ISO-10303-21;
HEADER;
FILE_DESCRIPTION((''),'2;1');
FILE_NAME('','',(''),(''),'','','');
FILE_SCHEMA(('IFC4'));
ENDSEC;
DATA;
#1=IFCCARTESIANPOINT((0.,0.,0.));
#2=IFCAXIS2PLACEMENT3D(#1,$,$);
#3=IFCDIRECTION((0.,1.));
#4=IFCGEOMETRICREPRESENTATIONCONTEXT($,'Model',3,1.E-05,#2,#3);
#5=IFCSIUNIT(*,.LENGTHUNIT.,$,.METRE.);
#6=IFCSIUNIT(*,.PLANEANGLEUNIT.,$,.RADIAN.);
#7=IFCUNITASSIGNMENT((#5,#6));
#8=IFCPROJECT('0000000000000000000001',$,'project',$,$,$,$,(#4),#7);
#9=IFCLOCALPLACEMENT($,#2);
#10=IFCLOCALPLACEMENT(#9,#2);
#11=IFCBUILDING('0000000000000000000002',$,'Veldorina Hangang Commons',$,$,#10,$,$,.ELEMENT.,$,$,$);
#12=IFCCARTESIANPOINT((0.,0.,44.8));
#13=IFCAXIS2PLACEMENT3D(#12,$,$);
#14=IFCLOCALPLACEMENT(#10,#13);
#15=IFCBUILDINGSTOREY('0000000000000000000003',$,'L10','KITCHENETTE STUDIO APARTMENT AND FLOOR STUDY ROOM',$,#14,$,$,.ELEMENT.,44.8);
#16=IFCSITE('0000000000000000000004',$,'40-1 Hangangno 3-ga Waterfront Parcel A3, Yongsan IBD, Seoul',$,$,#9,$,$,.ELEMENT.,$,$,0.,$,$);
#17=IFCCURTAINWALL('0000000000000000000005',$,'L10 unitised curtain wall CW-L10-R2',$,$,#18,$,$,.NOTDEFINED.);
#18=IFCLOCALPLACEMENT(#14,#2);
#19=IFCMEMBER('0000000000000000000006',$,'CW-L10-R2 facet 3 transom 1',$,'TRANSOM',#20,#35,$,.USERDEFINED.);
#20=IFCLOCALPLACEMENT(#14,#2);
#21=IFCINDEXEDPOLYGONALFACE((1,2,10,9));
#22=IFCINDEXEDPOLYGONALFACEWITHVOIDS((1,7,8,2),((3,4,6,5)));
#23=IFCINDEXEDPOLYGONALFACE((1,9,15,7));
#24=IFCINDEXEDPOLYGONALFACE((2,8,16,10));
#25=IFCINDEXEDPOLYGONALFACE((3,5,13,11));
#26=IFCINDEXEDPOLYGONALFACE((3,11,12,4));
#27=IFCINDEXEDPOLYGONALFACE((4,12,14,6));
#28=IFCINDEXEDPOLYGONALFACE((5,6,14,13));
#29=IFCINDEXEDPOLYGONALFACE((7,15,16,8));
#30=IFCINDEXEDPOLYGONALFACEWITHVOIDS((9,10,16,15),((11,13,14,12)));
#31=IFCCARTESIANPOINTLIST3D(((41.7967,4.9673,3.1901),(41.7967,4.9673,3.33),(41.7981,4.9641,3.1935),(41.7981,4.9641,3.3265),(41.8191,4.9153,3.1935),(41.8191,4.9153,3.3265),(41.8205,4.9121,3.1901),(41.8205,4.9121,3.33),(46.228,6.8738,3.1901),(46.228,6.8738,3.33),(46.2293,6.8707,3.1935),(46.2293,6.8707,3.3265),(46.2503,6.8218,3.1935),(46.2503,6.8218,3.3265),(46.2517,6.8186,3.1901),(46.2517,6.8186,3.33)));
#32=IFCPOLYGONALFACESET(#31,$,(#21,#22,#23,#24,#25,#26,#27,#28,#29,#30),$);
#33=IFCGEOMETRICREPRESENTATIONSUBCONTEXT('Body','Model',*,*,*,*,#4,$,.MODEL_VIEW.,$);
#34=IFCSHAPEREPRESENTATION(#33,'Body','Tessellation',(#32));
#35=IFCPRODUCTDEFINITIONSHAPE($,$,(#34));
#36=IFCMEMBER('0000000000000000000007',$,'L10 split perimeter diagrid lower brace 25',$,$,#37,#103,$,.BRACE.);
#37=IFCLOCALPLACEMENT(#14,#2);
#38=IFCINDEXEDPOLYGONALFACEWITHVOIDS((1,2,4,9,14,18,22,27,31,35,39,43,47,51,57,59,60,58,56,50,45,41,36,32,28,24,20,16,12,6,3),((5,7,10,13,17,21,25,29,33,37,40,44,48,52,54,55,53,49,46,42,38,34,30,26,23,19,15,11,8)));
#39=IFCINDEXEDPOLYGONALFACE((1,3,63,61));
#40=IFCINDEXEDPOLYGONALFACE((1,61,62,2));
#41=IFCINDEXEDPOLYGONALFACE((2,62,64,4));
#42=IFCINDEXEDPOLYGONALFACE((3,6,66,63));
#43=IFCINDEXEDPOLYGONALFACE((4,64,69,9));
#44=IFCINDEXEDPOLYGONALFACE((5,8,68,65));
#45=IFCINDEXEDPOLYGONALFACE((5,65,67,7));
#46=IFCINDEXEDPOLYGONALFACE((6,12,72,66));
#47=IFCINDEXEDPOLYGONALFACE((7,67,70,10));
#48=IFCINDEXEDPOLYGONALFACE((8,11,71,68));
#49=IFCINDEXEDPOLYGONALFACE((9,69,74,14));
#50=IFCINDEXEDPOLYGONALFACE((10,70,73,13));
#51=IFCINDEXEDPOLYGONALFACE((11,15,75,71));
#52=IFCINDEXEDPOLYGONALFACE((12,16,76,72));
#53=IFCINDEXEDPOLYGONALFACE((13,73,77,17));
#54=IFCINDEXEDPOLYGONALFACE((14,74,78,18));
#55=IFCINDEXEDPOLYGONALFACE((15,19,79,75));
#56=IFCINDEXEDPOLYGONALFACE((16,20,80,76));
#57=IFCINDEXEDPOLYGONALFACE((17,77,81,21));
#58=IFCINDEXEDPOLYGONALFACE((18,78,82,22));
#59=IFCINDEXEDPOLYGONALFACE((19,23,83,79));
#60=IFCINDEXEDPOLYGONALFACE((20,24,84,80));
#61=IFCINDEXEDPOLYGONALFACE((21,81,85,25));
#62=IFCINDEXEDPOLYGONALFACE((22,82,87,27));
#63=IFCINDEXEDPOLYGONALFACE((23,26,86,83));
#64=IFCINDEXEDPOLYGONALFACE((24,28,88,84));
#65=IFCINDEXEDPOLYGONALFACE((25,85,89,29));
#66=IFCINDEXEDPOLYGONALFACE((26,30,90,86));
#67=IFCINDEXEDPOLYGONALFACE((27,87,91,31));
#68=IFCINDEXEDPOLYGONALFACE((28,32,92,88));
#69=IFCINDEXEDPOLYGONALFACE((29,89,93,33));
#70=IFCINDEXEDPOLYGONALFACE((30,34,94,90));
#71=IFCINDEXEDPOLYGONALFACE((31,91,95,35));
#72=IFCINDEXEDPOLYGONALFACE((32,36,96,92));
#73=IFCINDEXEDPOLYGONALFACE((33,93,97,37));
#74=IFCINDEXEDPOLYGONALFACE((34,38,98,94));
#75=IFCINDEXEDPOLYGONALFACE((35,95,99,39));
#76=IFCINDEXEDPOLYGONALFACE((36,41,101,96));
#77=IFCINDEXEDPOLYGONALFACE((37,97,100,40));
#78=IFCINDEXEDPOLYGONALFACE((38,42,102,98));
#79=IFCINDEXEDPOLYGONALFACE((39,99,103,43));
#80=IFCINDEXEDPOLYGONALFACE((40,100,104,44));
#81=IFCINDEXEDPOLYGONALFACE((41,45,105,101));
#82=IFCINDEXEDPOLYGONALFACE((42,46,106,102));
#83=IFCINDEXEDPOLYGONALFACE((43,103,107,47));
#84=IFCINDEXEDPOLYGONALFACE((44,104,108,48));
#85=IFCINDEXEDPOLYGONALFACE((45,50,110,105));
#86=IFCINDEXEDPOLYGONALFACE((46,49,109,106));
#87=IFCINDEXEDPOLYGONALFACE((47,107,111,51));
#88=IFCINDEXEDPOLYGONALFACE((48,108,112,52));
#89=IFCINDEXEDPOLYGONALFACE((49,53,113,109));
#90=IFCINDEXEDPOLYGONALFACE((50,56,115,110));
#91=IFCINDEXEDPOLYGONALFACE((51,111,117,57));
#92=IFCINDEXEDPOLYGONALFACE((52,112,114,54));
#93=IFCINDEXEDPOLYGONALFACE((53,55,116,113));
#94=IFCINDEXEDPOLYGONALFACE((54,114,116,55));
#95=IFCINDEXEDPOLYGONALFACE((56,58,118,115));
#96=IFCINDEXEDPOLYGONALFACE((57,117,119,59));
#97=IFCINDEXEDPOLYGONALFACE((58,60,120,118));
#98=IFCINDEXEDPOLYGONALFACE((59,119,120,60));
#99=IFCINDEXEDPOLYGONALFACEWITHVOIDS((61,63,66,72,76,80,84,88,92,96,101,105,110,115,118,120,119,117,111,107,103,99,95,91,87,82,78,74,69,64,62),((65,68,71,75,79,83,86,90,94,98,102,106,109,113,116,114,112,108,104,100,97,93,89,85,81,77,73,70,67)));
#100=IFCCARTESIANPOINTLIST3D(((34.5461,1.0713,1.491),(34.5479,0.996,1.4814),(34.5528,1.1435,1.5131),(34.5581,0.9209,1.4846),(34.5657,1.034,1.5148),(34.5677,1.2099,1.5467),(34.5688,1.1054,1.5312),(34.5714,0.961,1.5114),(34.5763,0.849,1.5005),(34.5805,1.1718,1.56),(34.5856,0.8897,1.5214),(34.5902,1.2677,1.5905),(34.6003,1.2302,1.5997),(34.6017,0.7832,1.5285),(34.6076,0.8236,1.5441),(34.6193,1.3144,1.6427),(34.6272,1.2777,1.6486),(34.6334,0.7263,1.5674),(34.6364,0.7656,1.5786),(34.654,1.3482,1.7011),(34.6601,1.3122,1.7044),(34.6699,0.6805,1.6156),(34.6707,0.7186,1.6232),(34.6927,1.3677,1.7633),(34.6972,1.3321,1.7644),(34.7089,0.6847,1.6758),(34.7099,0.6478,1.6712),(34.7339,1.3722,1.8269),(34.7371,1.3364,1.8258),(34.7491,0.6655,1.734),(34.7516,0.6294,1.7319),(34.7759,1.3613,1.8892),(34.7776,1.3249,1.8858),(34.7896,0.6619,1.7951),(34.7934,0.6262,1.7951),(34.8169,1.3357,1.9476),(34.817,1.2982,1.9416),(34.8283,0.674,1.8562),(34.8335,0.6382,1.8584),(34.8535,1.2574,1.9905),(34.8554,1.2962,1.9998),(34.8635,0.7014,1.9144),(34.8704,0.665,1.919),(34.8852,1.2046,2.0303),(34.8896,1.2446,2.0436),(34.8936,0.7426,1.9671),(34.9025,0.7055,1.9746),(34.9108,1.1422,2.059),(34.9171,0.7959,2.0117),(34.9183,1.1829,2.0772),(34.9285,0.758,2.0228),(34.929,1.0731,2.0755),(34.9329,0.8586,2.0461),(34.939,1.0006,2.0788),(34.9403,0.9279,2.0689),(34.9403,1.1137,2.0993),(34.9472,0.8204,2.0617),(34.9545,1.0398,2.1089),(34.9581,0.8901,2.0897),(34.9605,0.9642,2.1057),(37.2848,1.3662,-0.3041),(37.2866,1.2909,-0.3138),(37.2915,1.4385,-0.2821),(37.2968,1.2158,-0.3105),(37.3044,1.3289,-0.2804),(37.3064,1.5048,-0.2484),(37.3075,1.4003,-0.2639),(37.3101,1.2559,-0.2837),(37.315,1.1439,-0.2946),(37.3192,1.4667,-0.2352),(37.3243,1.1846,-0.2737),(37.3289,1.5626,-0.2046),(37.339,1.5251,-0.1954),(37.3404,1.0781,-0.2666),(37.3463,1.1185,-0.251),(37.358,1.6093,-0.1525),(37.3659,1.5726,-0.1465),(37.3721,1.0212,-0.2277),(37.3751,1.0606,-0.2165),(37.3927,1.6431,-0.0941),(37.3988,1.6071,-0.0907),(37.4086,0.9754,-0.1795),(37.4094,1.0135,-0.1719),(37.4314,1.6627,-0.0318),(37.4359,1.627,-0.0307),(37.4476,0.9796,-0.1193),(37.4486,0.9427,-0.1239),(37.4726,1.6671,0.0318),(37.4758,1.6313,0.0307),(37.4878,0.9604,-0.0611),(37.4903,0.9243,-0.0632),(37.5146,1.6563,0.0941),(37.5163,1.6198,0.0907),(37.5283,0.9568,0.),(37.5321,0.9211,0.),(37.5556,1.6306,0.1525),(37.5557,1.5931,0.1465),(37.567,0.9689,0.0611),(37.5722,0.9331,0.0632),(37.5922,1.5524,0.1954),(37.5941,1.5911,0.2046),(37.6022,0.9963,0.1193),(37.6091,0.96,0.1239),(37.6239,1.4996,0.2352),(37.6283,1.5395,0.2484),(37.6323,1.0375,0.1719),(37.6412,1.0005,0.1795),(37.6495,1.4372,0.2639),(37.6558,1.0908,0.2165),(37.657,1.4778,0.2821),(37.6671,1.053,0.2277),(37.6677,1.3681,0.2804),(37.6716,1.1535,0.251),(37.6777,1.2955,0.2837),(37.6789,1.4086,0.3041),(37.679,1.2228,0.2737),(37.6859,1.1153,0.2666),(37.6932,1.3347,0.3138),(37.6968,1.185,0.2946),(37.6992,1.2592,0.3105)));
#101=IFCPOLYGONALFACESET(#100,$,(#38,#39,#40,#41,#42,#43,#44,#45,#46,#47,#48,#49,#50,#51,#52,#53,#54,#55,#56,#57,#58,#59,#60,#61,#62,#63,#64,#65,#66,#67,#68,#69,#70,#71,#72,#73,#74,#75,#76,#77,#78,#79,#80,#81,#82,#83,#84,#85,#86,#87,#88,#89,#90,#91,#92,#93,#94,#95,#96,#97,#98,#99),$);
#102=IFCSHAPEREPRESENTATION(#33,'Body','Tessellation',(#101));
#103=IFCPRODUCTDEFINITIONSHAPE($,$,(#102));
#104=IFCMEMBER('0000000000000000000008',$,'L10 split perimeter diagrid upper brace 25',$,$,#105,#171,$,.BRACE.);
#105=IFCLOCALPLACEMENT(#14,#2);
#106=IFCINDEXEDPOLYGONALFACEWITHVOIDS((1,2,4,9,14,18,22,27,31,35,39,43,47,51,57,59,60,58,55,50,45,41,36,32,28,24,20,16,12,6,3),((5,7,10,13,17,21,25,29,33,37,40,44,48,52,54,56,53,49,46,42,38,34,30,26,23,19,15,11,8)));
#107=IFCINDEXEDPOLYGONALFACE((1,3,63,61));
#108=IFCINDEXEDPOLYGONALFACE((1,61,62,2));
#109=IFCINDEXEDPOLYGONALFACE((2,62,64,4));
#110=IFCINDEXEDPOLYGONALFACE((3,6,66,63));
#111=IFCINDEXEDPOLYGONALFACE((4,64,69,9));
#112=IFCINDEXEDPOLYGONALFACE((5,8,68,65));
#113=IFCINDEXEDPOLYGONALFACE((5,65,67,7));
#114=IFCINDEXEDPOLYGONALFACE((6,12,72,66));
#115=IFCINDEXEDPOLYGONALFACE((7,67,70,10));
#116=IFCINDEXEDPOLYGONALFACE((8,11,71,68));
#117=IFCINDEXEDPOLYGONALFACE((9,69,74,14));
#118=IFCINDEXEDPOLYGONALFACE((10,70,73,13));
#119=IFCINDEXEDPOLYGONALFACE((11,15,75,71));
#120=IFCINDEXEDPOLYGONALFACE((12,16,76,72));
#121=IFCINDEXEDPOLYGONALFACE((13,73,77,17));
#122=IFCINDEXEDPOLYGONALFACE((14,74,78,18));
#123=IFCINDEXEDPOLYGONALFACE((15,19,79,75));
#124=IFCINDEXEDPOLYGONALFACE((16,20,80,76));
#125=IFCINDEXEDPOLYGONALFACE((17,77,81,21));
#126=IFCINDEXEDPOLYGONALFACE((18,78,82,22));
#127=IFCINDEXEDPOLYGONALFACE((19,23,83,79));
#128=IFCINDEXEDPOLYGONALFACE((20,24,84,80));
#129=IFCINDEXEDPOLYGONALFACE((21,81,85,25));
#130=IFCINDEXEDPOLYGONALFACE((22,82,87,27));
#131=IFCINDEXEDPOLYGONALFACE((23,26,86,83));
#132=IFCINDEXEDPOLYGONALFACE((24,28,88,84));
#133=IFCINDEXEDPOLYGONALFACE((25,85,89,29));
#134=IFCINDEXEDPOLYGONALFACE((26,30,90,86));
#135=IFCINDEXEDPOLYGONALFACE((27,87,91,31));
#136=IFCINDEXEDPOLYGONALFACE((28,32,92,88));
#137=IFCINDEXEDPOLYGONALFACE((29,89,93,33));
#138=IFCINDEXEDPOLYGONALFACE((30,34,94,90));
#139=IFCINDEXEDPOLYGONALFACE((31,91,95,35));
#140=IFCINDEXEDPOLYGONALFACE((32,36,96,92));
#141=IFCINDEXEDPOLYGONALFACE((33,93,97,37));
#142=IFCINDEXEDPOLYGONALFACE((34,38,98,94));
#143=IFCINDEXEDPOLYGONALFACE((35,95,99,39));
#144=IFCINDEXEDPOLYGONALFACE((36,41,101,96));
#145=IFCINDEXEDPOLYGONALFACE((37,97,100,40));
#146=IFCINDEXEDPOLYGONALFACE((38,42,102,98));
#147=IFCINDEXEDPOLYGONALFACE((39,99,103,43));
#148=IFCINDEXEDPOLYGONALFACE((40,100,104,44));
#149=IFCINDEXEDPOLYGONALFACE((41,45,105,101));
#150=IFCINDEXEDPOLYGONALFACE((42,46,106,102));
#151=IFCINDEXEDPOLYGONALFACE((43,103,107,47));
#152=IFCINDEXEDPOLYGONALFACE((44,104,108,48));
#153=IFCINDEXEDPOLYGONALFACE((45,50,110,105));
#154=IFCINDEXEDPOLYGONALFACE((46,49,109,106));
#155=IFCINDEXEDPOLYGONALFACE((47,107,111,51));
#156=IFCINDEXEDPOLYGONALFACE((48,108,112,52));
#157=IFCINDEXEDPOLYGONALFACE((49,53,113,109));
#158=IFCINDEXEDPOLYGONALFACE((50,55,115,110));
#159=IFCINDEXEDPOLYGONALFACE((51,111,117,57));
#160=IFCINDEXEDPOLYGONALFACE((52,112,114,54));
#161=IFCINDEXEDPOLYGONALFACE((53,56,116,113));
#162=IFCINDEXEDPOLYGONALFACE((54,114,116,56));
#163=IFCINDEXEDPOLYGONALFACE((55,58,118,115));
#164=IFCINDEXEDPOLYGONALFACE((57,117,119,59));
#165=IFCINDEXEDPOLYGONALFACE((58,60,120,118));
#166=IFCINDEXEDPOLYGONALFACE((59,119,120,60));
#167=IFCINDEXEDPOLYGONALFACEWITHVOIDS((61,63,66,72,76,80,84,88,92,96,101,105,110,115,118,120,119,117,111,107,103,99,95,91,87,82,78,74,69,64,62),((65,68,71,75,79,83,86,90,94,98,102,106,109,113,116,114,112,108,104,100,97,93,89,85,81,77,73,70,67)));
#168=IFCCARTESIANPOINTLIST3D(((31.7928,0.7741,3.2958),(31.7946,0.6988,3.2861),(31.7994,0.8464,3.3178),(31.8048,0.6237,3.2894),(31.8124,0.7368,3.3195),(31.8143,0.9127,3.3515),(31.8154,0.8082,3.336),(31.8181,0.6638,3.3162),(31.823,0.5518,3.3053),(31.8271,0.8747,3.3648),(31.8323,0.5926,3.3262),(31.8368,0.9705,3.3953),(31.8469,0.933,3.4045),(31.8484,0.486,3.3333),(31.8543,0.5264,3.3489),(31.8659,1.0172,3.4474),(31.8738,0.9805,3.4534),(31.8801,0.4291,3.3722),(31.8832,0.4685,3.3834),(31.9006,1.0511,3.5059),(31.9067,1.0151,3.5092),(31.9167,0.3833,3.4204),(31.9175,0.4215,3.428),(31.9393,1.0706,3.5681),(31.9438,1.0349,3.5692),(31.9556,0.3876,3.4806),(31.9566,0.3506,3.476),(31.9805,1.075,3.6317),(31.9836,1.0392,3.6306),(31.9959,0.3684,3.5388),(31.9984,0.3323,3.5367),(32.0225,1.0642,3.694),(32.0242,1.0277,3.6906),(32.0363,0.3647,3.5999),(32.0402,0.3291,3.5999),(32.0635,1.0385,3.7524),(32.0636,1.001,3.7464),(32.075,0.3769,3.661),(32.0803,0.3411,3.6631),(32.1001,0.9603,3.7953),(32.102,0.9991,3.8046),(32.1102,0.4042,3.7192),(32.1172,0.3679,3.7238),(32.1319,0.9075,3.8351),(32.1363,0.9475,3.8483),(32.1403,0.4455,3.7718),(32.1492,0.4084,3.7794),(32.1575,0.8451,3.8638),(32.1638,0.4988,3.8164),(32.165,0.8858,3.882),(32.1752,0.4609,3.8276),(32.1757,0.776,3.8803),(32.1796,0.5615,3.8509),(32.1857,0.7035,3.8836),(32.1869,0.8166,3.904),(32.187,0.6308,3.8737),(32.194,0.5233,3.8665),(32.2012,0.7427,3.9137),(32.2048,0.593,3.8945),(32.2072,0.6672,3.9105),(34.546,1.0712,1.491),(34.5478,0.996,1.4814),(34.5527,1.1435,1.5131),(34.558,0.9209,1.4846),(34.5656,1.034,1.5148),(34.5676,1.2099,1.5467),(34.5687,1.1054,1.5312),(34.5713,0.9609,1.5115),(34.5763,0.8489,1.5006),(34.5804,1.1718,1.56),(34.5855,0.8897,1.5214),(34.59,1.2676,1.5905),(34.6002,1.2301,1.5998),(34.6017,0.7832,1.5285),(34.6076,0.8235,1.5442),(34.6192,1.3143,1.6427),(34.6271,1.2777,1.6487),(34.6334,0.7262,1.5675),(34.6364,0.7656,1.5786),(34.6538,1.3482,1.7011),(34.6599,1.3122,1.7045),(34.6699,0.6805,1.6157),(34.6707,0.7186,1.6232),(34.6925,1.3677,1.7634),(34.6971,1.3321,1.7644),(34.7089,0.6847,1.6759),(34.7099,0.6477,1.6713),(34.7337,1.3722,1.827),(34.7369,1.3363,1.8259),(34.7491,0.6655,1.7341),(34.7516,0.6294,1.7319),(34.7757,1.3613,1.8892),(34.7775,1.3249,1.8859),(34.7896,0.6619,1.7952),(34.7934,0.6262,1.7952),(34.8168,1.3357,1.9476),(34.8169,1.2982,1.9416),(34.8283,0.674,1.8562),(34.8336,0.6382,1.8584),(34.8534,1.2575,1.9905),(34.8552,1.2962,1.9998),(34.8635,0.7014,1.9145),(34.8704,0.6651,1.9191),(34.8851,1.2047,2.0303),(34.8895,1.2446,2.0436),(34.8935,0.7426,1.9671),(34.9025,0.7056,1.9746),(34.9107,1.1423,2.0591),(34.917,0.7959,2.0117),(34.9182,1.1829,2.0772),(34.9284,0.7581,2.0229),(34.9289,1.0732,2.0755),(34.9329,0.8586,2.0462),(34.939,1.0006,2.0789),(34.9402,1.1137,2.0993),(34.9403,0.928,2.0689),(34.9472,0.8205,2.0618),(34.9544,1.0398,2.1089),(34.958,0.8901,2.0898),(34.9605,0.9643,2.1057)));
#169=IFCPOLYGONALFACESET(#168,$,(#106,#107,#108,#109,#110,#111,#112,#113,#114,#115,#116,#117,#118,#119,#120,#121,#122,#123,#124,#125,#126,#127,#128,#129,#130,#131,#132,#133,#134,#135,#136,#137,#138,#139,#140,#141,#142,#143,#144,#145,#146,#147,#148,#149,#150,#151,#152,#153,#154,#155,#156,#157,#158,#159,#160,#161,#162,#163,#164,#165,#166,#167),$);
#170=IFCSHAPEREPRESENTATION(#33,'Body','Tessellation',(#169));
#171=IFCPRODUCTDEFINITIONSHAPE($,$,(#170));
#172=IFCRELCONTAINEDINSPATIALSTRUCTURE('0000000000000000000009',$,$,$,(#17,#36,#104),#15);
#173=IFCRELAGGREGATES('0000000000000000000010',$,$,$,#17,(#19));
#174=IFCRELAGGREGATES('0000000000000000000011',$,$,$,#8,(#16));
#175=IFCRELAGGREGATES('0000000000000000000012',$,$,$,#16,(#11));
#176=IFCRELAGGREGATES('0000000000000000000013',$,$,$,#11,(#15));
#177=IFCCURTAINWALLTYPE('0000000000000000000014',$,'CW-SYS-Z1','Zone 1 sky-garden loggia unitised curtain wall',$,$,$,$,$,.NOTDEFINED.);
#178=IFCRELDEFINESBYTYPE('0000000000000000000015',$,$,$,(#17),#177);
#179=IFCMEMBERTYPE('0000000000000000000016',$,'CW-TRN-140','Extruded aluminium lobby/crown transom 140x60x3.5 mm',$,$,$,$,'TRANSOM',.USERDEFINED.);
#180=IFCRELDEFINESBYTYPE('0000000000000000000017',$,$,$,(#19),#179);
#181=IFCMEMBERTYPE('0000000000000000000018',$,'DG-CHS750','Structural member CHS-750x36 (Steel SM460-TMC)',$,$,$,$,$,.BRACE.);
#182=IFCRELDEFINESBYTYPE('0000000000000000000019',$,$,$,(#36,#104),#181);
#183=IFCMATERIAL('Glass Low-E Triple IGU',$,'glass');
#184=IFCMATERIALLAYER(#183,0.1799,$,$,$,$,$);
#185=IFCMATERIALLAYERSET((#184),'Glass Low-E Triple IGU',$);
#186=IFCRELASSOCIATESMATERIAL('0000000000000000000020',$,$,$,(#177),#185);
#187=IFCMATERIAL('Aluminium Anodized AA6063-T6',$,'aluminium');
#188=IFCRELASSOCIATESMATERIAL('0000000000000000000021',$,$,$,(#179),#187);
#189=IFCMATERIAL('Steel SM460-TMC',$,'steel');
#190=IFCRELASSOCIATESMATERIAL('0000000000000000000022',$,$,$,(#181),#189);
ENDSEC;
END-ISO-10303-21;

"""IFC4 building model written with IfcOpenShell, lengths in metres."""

from ifc_helpers import new_model, si_unit, direction, frame, origin, origin_2d, place, context, subcontext, project, spatial, hollow_rectangle, hollow_circle, extrude, material, layer, layer_set, material_profile, profile_set, type_object, element, aggregate, save


model = new_model("IFC4")

# Units and contexts
model_context = context("Model", 3, precision=1e-05, world=origin(), true_north=direction((0.0, 1.0)))
body_context = subcontext(model_context, "Body", "Model", "MODEL_VIEW")
ifc_project = project(units=[si_unit("LENGTHUNIT", "METRE"), si_unit("PLANEANGLEUNIT", "RADIAN")], contexts=[model_context])

# Site, building, storey
site_placement = place(None, origin())
site = spatial("IfcSite", under=ifc_project, at=site_placement, Name="40-1 Hangangno 3-ga Waterfront Parcel A3, Yongsan IBD, Seoul", CompositionType="ELEMENT", RefElevation=0.0)
building_placement = place(site_placement, origin())
building = spatial("IfcBuilding", under=site, at=building_placement, Name="Veldorina Hangang Commons", CompositionType="ELEMENT")
storey_placement = place(building_placement, frame((0.0, 0.0, 44.8)))
storey = spatial("IfcBuildingStorey", under=building, at=storey_placement, Name="L10", Description="KITCHENETTE STUDIO APARTMENT AND FLOOR STUDY ROOM", CompositionType="ELEMENT", Elevation=44.8)

# Shared definitions
ifc_material_1 = material(Name="Steel SM460-TMC", Category="steel")

# Curtain wall, member
ifc_material_2 = material(Name="Glass Low-E Triple IGU", Category="glass")
ifc_layer_1 = layer(ifc_material_2, 0.1799)
ifc_layer_set_1 = layer_set([ifc_layer_1], Name="Glass Low-E Triple IGU")
curtain_wall_type = type_object("IfcCurtainWallType", Name="CW-SYS-Z1", Description="Zone 1 sky-garden loggia unitised curtain wall", PredefinedType="NOTDEFINED", material=ifc_layer_set_1)
curtain_wall_placement = place(storey_placement, origin())
curtain_wall = element("IfcCurtainWall", 1, at=curtain_wall_placement, inside=storey, type_object=curtain_wall_type, Name="L10 unitised curtain wall CW-L10-R2", PredefinedType="NOTDEFINED")
ifc_material_3 = material(Name="Aluminium Anodized AA6063-T6", Category="aluminium")
ifc_material_profile_1 = material_profile(ifc_material_3, hollow_rectangle(XDim=0.0601, YDim=0.1399, WallThickness=0.0034, at=origin_2d()), Name="ALU-RHS-140x60x3.5")
ifc_profile_set_1 = profile_set([ifc_material_profile_1], Name="Aluminium Anodized AA6063-T6")
member_type_1 = type_object("IfcMemberType", Name="CW-TRN-140", Description="Extruded aluminium lobby/crown transom 140x60x3.5 mm", ElementType="TRANSOM", PredefinedType="USERDEFINED", material=ifc_profile_set_1)
member_1_placement = place(storey_placement, frame((41.8086, 4.9397, 3.26), z_axis=(0.918587, 0.39522, 0.0), x_axis=(-0.39522, 0.918587, 0.0)))
member_1 = element("IfcMember", 2, at=member_1_placement, type_object=member_type_1, Name="CW-L10-R2 facet 3 transom 1", ObjectType="TRANSOM", PredefinedType="USERDEFINED", context=body_context, shape_type="SweptSolid", body=[
    extrude(hollow_rectangle(XDim=0.0601, YDim=0.1399, WallThickness=0.0034, at=origin_2d()), origin(), (0.0, 0.0, 1.0), 4.824),
])

# Members
ifc_material_profile_2 = material_profile(ifc_material_1, hollow_circle(Radius=0.375, WallThickness=0.0359, at=origin_2d()), Name="CHS-750x36")
ifc_profile_set_2 = profile_set([ifc_material_profile_2], Name="Steel SM460-TMC")
member_type_2 = type_object("IfcMemberType", Name="DG-CHS750", Description="Structural member CHS-750x36 (Steel SM460-TMC)", PredefinedType="BRACE", material=ifc_profile_set_2)
member_2_placement = place(storey_placement, frame((37.4919, 1.2939, 0.0), z_axis=(-0.832978, -0.089698, 0.545987), x_axis=(0.107065, -0.994252, 0.0)))
element("IfcMember", 3, at=member_2_placement, inside=storey, type_object=member_type_2, Name="L10 split perimeter diagrid lower brace 25", PredefinedType="BRACE", context=body_context, shape_type="SweptSolid", body=[
    extrude(hollow_circle(Radius=0.375, WallThickness=0.0359, at=origin_2d()), origin(), (0.0, 0.0, 1.0), 3.2878),
])
member_3_placement = place(storey_placement, frame((34.7532, 0.999, 1.7952), z_axis=(-0.832952, -0.089891, 0.545995), x_axis=(0.107296, -0.994227, 0.0)))
element("IfcMember", 4, at=member_3_placement, inside=storey, type_object=member_type_2, Name="L10 split perimeter diagrid upper brace 25", PredefinedType="BRACE", context=body_context, shape_type="SweptSolid", body=[
    extrude(hollow_circle(Radius=0.375, WallThickness=0.0359, at=origin_2d()), origin(), (0.0, 0.0, 1.0), 3.3054),
])

aggregate(curtain_wall, [member_1])

save(model, "model.ifc")
